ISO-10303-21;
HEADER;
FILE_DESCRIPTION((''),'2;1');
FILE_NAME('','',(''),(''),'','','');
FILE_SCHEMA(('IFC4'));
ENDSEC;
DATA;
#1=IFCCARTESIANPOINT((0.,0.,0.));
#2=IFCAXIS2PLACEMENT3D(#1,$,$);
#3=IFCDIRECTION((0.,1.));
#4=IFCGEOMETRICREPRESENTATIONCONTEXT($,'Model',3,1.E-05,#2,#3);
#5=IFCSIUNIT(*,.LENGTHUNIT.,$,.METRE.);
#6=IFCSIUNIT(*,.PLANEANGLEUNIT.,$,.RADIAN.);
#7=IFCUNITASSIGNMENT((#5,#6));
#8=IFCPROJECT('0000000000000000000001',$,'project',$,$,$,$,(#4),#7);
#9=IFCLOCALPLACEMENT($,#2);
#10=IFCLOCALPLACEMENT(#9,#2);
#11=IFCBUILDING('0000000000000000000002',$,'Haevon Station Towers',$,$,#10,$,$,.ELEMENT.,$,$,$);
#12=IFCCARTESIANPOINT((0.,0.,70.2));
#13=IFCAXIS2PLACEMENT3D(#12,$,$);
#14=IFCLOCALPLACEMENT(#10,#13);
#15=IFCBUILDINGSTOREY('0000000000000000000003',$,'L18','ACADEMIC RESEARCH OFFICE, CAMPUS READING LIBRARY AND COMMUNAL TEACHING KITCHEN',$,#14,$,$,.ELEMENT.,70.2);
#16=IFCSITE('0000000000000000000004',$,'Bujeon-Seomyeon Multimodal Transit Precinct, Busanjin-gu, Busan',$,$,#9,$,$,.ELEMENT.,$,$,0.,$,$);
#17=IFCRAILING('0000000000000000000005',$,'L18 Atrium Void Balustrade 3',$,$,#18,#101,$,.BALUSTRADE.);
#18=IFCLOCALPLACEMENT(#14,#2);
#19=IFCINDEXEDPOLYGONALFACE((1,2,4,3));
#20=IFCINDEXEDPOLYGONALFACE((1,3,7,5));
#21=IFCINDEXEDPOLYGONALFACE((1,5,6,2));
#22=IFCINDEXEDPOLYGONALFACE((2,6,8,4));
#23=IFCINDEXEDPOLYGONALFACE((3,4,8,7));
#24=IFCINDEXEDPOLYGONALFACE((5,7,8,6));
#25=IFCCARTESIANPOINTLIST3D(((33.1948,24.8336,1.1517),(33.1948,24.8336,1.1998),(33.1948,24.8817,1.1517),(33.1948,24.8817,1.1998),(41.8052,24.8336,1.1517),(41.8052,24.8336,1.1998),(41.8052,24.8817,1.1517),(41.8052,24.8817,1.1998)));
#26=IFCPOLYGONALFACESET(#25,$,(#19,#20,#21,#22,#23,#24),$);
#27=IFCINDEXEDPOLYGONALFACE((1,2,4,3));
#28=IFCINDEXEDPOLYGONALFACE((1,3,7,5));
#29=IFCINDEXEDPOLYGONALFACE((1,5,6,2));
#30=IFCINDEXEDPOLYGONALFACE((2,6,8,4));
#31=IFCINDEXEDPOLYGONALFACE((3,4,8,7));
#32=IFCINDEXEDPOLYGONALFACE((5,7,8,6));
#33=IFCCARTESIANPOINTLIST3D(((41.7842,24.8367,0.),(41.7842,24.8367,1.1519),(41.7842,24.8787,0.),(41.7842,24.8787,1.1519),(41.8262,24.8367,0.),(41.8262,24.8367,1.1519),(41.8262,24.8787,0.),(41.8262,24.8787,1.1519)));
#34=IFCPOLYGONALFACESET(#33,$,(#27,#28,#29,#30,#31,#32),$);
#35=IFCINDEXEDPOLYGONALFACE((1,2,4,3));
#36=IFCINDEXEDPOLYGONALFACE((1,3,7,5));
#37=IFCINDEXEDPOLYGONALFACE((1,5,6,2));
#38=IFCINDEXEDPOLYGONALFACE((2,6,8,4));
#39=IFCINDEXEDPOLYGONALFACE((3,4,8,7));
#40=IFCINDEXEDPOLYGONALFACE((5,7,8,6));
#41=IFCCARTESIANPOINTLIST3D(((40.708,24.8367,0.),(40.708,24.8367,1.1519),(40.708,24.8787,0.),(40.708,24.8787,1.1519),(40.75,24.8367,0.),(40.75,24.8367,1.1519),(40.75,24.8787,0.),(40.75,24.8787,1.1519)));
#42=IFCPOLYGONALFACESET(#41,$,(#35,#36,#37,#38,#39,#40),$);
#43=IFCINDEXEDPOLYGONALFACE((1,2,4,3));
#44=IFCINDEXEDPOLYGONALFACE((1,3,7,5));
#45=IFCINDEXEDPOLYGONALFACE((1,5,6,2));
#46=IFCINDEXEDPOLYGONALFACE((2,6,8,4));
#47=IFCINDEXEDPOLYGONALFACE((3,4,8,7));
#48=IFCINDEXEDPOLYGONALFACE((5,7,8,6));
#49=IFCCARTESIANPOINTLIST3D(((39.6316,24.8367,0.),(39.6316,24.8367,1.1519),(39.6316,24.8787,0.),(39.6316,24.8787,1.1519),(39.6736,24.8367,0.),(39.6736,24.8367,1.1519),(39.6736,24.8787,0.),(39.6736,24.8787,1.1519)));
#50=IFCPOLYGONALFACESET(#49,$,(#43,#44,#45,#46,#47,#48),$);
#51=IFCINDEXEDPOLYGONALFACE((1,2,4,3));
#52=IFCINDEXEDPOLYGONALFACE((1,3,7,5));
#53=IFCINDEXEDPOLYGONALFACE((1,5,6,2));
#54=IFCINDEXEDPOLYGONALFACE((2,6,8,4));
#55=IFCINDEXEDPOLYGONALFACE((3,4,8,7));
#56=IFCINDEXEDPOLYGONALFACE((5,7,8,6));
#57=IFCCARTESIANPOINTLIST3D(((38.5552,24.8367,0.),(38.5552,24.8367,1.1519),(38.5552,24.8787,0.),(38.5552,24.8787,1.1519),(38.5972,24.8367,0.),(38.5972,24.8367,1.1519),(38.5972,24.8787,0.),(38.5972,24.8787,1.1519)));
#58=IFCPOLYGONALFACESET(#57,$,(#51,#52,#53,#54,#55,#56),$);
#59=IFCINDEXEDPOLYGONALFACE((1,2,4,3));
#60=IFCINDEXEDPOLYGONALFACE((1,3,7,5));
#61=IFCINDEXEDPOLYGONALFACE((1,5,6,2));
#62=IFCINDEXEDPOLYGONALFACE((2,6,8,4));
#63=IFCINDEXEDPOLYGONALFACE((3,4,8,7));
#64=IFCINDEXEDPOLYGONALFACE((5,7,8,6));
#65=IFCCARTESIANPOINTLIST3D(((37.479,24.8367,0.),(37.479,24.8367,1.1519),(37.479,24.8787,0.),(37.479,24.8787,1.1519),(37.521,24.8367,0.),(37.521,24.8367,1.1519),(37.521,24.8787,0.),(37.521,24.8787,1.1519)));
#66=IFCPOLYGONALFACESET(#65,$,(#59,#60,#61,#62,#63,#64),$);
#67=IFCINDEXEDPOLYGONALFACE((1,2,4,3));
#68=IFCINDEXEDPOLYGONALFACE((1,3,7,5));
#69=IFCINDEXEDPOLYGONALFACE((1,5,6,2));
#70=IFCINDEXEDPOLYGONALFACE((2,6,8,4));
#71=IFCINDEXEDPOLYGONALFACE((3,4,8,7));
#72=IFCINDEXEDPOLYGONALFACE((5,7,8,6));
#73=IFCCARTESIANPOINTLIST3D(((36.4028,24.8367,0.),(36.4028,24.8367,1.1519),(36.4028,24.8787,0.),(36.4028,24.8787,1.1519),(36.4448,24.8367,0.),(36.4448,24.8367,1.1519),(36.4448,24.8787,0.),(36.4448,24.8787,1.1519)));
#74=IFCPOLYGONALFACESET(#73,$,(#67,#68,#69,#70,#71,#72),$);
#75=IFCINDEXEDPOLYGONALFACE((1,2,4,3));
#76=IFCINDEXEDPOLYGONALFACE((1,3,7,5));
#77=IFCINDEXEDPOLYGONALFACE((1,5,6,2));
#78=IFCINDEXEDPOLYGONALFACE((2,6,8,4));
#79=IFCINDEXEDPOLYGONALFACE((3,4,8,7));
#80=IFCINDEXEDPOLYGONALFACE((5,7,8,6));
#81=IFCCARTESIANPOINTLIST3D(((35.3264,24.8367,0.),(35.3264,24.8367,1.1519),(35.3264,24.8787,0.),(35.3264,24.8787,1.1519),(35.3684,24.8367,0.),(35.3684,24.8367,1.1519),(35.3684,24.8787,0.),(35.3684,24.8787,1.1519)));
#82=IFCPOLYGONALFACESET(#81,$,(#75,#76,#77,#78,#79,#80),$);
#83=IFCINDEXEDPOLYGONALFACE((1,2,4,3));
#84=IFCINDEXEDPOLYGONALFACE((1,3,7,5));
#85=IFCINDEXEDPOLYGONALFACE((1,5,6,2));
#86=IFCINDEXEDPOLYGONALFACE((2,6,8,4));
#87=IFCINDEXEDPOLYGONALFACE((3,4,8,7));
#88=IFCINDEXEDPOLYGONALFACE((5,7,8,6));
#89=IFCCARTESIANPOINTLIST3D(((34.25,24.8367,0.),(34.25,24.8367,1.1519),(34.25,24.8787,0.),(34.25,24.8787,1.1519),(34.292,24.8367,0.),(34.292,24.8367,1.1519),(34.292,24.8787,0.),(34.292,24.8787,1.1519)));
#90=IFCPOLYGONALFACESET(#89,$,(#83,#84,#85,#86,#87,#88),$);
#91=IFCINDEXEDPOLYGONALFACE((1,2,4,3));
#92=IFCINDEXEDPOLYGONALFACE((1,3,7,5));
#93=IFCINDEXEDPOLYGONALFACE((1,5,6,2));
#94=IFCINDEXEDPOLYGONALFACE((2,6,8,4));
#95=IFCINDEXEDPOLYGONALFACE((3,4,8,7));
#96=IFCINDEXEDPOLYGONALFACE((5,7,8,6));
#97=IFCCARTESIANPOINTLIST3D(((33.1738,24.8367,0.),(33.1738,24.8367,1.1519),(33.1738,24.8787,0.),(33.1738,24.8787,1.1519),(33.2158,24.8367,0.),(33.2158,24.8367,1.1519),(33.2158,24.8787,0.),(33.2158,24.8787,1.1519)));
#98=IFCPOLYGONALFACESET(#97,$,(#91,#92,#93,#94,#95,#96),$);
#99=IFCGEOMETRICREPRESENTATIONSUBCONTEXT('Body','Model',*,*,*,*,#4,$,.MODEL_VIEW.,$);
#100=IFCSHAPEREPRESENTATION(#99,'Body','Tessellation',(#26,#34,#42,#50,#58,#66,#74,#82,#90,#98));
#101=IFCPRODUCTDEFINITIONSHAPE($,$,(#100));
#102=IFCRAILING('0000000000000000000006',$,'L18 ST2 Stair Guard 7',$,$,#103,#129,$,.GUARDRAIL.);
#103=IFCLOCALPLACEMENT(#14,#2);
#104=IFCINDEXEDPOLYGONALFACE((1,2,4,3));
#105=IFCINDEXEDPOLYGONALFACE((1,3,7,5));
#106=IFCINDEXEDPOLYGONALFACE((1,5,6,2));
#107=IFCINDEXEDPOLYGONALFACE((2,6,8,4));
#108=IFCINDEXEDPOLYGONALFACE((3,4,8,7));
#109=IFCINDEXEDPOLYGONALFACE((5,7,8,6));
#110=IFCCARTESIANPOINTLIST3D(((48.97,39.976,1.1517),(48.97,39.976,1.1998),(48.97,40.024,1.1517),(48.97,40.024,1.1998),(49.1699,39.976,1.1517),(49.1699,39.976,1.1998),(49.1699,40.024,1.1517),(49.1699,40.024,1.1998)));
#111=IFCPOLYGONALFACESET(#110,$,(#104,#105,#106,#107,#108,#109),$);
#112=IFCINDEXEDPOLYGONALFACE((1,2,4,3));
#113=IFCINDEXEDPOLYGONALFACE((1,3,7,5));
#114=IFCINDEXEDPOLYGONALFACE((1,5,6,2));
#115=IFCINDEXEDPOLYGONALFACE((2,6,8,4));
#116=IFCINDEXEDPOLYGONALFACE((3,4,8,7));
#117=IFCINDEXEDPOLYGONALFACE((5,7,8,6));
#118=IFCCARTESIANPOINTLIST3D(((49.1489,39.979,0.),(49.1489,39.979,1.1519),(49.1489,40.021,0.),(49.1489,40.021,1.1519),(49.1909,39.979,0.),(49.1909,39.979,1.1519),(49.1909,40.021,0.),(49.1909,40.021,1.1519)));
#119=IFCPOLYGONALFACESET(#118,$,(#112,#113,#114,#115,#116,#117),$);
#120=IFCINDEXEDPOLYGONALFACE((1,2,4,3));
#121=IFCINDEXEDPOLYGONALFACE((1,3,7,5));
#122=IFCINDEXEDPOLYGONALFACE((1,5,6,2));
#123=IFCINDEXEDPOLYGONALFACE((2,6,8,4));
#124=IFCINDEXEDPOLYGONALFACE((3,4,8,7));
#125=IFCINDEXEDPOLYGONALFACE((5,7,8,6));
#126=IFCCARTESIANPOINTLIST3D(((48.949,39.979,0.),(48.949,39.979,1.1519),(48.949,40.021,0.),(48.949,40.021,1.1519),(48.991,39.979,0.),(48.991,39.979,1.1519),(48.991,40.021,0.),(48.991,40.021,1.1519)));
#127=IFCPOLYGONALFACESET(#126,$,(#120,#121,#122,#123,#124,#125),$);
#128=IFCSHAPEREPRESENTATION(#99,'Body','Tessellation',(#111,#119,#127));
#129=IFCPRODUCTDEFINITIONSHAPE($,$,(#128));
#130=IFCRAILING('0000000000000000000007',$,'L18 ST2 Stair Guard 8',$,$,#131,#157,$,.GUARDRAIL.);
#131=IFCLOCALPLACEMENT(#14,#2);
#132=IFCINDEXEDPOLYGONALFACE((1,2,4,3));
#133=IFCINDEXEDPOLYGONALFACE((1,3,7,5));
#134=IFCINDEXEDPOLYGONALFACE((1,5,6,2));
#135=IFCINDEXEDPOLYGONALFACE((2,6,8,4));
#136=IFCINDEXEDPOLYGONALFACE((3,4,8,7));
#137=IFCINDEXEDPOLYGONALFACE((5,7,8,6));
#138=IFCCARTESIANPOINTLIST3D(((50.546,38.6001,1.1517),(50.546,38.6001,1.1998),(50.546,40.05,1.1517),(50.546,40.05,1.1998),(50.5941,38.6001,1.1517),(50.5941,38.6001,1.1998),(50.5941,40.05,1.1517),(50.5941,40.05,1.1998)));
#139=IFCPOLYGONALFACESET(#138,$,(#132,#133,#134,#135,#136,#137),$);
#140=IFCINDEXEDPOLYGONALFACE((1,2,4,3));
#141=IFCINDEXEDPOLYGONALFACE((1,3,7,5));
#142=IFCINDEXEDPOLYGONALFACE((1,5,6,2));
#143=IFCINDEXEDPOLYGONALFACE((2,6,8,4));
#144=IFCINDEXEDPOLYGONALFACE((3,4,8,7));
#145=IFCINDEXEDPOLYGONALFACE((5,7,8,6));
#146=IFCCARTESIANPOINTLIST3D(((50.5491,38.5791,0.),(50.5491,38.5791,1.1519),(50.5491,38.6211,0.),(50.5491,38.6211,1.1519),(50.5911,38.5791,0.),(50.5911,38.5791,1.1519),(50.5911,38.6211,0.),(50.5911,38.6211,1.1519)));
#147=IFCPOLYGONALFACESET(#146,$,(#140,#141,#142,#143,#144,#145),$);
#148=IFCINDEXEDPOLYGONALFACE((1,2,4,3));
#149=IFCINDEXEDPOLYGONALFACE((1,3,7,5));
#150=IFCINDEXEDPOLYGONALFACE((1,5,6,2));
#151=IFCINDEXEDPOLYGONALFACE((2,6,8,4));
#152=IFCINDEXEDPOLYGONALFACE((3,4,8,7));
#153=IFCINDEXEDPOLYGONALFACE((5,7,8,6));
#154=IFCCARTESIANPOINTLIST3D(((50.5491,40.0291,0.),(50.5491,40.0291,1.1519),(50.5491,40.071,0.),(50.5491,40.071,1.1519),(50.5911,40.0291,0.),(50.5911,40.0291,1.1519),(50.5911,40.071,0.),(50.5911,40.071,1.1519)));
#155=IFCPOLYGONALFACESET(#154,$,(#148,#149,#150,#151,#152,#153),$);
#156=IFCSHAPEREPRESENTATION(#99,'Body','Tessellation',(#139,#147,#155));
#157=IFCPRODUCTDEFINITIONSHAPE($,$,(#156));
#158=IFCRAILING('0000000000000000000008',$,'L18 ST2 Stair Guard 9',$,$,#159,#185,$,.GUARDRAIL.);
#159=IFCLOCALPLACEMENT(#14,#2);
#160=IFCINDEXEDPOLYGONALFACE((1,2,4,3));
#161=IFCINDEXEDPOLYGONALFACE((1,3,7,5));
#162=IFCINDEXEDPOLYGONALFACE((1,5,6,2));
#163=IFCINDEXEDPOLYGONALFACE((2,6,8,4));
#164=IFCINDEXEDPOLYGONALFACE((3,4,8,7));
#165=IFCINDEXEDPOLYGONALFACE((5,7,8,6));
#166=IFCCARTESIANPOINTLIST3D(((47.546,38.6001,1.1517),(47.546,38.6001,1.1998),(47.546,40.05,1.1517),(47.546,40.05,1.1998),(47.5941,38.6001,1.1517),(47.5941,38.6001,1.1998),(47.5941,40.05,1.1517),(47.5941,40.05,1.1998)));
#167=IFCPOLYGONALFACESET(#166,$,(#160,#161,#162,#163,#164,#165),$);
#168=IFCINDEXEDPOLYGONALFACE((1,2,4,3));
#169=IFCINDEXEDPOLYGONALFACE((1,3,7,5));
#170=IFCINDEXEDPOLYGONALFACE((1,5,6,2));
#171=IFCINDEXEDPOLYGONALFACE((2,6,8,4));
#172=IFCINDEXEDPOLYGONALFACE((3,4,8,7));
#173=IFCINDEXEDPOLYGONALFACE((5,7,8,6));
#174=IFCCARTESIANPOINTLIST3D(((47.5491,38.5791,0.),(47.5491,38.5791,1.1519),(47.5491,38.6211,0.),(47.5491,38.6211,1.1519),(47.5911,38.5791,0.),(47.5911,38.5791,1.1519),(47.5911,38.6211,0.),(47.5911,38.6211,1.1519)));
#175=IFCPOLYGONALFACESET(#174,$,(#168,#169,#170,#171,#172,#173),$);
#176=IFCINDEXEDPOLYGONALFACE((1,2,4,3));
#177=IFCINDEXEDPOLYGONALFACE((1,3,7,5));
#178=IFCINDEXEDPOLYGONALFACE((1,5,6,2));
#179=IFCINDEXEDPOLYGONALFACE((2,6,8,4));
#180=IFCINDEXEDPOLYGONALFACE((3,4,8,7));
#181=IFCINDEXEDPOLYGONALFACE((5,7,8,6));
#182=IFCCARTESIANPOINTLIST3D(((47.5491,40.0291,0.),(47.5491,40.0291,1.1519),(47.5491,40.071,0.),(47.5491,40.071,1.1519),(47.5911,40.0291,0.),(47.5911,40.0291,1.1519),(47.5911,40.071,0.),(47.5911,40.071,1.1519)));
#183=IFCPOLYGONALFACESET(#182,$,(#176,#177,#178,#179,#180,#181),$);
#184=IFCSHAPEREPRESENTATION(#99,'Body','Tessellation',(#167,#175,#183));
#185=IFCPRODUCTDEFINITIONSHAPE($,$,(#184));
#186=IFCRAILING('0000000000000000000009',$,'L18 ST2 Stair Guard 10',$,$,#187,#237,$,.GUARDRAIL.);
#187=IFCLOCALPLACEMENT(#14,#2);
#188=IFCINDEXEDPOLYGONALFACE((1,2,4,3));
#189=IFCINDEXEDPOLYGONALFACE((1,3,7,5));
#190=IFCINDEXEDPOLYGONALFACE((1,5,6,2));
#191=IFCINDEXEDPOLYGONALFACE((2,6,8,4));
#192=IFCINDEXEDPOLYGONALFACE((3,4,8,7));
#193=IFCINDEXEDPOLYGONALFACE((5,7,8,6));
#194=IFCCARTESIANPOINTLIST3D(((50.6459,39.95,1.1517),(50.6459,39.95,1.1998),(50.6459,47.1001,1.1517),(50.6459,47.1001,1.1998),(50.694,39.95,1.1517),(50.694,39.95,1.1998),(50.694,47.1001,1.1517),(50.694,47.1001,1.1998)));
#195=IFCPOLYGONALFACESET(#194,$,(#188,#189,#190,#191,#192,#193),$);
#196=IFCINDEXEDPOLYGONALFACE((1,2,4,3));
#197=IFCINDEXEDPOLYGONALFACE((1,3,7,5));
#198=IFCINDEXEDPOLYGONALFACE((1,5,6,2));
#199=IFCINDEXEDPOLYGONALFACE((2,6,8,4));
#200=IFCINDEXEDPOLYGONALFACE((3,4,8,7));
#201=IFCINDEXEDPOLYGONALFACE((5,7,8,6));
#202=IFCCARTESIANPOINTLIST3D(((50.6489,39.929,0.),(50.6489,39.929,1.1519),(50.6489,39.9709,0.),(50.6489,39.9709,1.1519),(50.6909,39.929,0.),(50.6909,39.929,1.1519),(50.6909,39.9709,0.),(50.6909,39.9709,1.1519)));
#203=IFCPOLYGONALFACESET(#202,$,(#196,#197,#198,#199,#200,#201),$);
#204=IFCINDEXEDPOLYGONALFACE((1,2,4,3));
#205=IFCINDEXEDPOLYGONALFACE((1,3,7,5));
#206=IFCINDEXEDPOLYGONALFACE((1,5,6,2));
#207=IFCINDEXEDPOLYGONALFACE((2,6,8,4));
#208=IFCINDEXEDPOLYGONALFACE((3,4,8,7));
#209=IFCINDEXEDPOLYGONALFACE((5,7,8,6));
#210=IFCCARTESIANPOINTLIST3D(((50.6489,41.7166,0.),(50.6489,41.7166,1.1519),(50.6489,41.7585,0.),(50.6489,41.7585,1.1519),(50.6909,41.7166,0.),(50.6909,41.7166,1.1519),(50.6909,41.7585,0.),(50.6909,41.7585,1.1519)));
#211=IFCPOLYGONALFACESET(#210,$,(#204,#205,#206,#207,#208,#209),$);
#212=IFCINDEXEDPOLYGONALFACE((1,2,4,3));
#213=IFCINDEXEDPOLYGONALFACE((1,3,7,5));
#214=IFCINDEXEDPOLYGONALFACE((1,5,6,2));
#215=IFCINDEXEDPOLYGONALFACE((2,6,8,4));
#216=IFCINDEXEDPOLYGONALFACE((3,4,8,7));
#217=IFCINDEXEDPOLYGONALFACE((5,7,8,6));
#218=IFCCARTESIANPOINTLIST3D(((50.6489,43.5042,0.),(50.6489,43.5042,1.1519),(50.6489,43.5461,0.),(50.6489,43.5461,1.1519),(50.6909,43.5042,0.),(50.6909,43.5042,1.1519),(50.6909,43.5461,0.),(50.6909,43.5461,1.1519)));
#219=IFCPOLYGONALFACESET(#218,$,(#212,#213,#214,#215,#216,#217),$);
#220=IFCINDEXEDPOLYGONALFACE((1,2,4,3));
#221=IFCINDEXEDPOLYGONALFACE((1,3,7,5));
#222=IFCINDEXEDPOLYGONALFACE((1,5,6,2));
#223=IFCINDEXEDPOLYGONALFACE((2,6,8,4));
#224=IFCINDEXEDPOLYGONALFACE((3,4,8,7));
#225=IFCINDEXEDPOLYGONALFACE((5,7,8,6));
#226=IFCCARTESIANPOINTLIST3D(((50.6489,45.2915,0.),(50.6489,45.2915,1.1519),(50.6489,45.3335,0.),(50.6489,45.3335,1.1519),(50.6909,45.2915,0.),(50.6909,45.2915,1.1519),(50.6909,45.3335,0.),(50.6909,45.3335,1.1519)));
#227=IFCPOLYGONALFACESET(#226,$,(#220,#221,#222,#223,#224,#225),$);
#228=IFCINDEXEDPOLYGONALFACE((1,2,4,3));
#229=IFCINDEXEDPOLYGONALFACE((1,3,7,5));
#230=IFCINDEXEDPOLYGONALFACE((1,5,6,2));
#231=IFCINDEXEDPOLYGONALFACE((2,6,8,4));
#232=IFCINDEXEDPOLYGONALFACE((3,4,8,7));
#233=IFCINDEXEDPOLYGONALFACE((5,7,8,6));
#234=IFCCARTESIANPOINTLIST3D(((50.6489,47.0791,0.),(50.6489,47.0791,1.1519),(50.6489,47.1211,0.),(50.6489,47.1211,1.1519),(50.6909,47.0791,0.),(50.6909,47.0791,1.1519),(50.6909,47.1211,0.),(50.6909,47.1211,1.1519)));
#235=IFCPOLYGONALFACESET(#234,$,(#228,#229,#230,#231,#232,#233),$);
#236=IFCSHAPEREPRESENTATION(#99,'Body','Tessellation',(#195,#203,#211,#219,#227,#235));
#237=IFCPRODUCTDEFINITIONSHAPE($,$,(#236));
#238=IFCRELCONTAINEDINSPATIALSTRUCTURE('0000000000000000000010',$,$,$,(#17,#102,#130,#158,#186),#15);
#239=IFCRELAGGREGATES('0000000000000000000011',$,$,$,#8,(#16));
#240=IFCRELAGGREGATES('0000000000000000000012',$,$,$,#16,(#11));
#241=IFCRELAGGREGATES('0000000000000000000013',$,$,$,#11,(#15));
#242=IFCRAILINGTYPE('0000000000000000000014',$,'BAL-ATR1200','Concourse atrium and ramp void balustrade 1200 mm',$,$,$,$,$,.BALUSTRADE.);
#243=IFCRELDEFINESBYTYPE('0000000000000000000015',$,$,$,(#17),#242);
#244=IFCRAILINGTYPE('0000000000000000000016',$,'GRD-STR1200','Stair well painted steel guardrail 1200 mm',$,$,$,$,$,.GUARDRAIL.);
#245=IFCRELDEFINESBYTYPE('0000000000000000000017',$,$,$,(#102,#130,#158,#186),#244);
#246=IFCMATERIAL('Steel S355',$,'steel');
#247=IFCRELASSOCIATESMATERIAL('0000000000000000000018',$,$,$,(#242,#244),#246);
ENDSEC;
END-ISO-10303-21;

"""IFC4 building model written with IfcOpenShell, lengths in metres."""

from ifc_helpers import new_model, si_unit, direction, frame, origin, origin_2d, place, context, subcontext, project, spatial, rectangle, extrude, material, type_object, element, save


model = new_model("IFC4")

# Units and contexts
model_context = context("Model", 3, precision=1e-05, world=origin(), true_north=direction((0.0, 1.0)))
body_context = subcontext(model_context, "Body", "Model", "MODEL_VIEW")
ifc_project = project(units=[si_unit("LENGTHUNIT", "METRE"), si_unit("PLANEANGLEUNIT", "RADIAN")], contexts=[model_context])

# Site, building, storey
site_placement = place(None, origin())
site = spatial("IfcSite", under=ifc_project, at=site_placement, Name="Bujeon-Seomyeon Multimodal Transit Precinct, Busanjin-gu, Busan", CompositionType="ELEMENT", RefElevation=0.0)
building_placement = place(site_placement, origin())
building = spatial("IfcBuilding", under=site, at=building_placement, Name="Haevon Station Towers", CompositionType="ELEMENT")
storey_placement = place(building_placement, frame((0.0, 0.0, 70.2)))
storey = spatial("IfcBuildingStorey", under=building, at=storey_placement, Name="L18", Description="ACADEMIC RESEARCH OFFICE, CAMPUS READING LIBRARY AND COMMUNAL TEACHING KITCHEN", CompositionType="ELEMENT", Elevation=70.2)

# Shared definitions
ifc_material_1 = material(Name="Steel S355", Category="steel")

# Railings
railing_type_1 = type_object("IfcRailingType", Name="BAL-ATR1200", Description="Concourse atrium and ramp void balustrade 1200 mm", PredefinedType="BALUSTRADE", material=ifc_material_1)
railing_1_placement = place(storey_placement, frame((41.8052, 24.8577, 0.0)))
element("IfcRailing", 1, at=railing_1_placement, inside=storey, type_object=railing_type_1, Name="L18 Atrium Void Balustrade 3", PredefinedType="BALUSTRADE", context=body_context, shape_type="SweptSolid", body=[
    extrude(rectangle(XDim=0.0481, YDim=0.0481, at=origin_2d()), frame((0.0, 0.0, 1.1758), z_axis=(-1.0, 0.0, 0.0), x_axis=(0.0, -1.0, 0.0)), (0.0, 0.0, 1.0), 8.6104),
    extrude(rectangle(XDim=0.042, YDim=0.042, at=origin_2d()), origin(), (0.0, 0.0, 1.0), 1.1519),
    extrude(rectangle(XDim=0.042, YDim=0.042, at=origin_2d()), frame((-1.0762, 0.0, 0.0)), (0.0, 0.0, 1.0), 1.1519),
    extrude(rectangle(XDim=0.042, YDim=0.042, at=origin_2d()), frame((-2.1526, 0.0, 0.0)), (0.0, 0.0, 1.0), 1.1519),
    extrude(rectangle(XDim=0.042, YDim=0.042, at=origin_2d()), frame((-3.229, 0.0, 0.0)), (0.0, 0.0, 1.0), 1.1519),
    extrude(rectangle(XDim=0.042, YDim=0.042, at=origin_2d()), frame((-4.3052, 0.0, 0.0)), (0.0, 0.0, 1.0), 1.1519),
    extrude(rectangle(XDim=0.042, YDim=0.042, at=origin_2d()), frame((-5.3813, 0.0, 0.0)), (0.0, 0.0, 1.0), 1.1519),
    extrude(rectangle(XDim=0.042, YDim=0.042, at=origin_2d()), frame((-6.4578, 0.0, 0.0)), (0.0, 0.0, 1.0), 1.1519),
    extrude(rectangle(XDim=0.042, YDim=0.042, at=origin_2d()), frame((-7.5342, 0.0, 0.0)), (0.0, 0.0, 1.0), 1.1519),
    extrude(rectangle(XDim=0.042, YDim=0.042, at=origin_2d()), frame((-8.6104, 0.0, 0.0)), (0.0, 0.0, 1.0), 1.1519),
])
railing_type_2 = type_object("IfcRailingType", Name="GRD-STR1200", Description="Stair well painted steel guardrail 1200 mm", PredefinedType="GUARDRAIL", material=ifc_material_1)
railing_2_placement = place(storey_placement, frame((49.1699, 40.0, 0.0)))
element("IfcRailing", 2, at=railing_2_placement, inside=storey, type_object=railing_type_2, Name="L18 ST2 Stair Guard 7", PredefinedType="GUARDRAIL", context=body_context, shape_type="SweptSolid", body=[
    extrude(rectangle(XDim=0.0481, YDim=0.0481, at=origin_2d()), frame((0.0, 0.0, 1.1758), z_axis=(-1.0, 0.0, 0.0), x_axis=(0.0, -1.0, 0.0)), (0.0, 0.0, 1.0), 0.2),
    extrude(rectangle(XDim=0.042, YDim=0.042, at=origin_2d()), origin(), (0.0, 0.0, 1.0), 1.1519),
    extrude(rectangle(XDim=0.042, YDim=0.042, at=origin_2d()), frame((-0.2, 0.0, 0.0)), (0.0, 0.0, 1.0), 1.1519),
])
for number, where, name in (
    (3, (50.5701, 38.6001, 0.0), "L18 ST2 Stair Guard 8"),
    (4, (47.5701, 38.6001, 0.0), "L18 ST2 Stair Guard 9"),
):
    element("IfcRailing", number, at=place(storey_placement, frame(where)), inside=storey, type_object=railing_type_2, Name=name, PredefinedType="GUARDRAIL", context=body_context, shape_type="SweptSolid", body=[
        extrude(rectangle(XDim=0.0481, YDim=0.0481, at=origin_2d()), frame((0.0, 0.0, 1.1758), z_axis=(0.0, 1.0, 0.0), x_axis=(-1.0, 0.0, 0.0)), (0.0, 0.0, 1.0), 1.45),
        extrude(rectangle(XDim=0.042, YDim=0.042, at=origin_2d()), origin(), (0.0, 0.0, 1.0), 1.1519),
        extrude(rectangle(XDim=0.042, YDim=0.042, at=origin_2d()), frame((0.0, 1.45, 0.0)), (0.0, 0.0, 1.0), 1.1519),
    ])
for number, where, name in (
    (5, (50.6699, 39.95, 0.0), "L18 ST2 Stair Guard 10"),
):
    element("IfcRailing", number, at=place(storey_placement, frame(where)), inside=storey, type_object=railing_type_2, Name=name, PredefinedType="GUARDRAIL", context=body_context, shape_type="SweptSolid", body=[
        extrude(rectangle(XDim=0.0481, YDim=0.0481, at=origin_2d()), frame((0.0, 0.0, 1.1758), z_axis=(0.0, 1.0, 0.0), x_axis=(-1.0, 0.0, 0.0)), (0.0, 0.0, 1.0), 7.1501),
        extrude(rectangle(XDim=0.042, YDim=0.042, at=origin_2d()), origin(), (0.0, 0.0, 1.0), 1.1519),
        extrude(rectangle(XDim=0.042, YDim=0.042, at=origin_2d()), frame((0.0, 1.7876, 0.0)), (0.0, 0.0, 1.0), 1.1519),
        extrude(rectangle(XDim=0.042, YDim=0.042, at=origin_2d()), frame((0.0, 3.5752, 0.0)), (0.0, 0.0, 1.0), 1.1519),
        extrude(rectangle(XDim=0.042, YDim=0.042, at=origin_2d()), frame((0.0, 5.3625, 0.0)), (0.0, 0.0, 1.0), 1.1519),
        extrude(rectangle(XDim=0.042, YDim=0.042, at=origin_2d()), frame((0.0, 7.1501, 0.0)), (0.0, 0.0, 1.0), 1.1519),
    ])

save(model, "model.ifc")
